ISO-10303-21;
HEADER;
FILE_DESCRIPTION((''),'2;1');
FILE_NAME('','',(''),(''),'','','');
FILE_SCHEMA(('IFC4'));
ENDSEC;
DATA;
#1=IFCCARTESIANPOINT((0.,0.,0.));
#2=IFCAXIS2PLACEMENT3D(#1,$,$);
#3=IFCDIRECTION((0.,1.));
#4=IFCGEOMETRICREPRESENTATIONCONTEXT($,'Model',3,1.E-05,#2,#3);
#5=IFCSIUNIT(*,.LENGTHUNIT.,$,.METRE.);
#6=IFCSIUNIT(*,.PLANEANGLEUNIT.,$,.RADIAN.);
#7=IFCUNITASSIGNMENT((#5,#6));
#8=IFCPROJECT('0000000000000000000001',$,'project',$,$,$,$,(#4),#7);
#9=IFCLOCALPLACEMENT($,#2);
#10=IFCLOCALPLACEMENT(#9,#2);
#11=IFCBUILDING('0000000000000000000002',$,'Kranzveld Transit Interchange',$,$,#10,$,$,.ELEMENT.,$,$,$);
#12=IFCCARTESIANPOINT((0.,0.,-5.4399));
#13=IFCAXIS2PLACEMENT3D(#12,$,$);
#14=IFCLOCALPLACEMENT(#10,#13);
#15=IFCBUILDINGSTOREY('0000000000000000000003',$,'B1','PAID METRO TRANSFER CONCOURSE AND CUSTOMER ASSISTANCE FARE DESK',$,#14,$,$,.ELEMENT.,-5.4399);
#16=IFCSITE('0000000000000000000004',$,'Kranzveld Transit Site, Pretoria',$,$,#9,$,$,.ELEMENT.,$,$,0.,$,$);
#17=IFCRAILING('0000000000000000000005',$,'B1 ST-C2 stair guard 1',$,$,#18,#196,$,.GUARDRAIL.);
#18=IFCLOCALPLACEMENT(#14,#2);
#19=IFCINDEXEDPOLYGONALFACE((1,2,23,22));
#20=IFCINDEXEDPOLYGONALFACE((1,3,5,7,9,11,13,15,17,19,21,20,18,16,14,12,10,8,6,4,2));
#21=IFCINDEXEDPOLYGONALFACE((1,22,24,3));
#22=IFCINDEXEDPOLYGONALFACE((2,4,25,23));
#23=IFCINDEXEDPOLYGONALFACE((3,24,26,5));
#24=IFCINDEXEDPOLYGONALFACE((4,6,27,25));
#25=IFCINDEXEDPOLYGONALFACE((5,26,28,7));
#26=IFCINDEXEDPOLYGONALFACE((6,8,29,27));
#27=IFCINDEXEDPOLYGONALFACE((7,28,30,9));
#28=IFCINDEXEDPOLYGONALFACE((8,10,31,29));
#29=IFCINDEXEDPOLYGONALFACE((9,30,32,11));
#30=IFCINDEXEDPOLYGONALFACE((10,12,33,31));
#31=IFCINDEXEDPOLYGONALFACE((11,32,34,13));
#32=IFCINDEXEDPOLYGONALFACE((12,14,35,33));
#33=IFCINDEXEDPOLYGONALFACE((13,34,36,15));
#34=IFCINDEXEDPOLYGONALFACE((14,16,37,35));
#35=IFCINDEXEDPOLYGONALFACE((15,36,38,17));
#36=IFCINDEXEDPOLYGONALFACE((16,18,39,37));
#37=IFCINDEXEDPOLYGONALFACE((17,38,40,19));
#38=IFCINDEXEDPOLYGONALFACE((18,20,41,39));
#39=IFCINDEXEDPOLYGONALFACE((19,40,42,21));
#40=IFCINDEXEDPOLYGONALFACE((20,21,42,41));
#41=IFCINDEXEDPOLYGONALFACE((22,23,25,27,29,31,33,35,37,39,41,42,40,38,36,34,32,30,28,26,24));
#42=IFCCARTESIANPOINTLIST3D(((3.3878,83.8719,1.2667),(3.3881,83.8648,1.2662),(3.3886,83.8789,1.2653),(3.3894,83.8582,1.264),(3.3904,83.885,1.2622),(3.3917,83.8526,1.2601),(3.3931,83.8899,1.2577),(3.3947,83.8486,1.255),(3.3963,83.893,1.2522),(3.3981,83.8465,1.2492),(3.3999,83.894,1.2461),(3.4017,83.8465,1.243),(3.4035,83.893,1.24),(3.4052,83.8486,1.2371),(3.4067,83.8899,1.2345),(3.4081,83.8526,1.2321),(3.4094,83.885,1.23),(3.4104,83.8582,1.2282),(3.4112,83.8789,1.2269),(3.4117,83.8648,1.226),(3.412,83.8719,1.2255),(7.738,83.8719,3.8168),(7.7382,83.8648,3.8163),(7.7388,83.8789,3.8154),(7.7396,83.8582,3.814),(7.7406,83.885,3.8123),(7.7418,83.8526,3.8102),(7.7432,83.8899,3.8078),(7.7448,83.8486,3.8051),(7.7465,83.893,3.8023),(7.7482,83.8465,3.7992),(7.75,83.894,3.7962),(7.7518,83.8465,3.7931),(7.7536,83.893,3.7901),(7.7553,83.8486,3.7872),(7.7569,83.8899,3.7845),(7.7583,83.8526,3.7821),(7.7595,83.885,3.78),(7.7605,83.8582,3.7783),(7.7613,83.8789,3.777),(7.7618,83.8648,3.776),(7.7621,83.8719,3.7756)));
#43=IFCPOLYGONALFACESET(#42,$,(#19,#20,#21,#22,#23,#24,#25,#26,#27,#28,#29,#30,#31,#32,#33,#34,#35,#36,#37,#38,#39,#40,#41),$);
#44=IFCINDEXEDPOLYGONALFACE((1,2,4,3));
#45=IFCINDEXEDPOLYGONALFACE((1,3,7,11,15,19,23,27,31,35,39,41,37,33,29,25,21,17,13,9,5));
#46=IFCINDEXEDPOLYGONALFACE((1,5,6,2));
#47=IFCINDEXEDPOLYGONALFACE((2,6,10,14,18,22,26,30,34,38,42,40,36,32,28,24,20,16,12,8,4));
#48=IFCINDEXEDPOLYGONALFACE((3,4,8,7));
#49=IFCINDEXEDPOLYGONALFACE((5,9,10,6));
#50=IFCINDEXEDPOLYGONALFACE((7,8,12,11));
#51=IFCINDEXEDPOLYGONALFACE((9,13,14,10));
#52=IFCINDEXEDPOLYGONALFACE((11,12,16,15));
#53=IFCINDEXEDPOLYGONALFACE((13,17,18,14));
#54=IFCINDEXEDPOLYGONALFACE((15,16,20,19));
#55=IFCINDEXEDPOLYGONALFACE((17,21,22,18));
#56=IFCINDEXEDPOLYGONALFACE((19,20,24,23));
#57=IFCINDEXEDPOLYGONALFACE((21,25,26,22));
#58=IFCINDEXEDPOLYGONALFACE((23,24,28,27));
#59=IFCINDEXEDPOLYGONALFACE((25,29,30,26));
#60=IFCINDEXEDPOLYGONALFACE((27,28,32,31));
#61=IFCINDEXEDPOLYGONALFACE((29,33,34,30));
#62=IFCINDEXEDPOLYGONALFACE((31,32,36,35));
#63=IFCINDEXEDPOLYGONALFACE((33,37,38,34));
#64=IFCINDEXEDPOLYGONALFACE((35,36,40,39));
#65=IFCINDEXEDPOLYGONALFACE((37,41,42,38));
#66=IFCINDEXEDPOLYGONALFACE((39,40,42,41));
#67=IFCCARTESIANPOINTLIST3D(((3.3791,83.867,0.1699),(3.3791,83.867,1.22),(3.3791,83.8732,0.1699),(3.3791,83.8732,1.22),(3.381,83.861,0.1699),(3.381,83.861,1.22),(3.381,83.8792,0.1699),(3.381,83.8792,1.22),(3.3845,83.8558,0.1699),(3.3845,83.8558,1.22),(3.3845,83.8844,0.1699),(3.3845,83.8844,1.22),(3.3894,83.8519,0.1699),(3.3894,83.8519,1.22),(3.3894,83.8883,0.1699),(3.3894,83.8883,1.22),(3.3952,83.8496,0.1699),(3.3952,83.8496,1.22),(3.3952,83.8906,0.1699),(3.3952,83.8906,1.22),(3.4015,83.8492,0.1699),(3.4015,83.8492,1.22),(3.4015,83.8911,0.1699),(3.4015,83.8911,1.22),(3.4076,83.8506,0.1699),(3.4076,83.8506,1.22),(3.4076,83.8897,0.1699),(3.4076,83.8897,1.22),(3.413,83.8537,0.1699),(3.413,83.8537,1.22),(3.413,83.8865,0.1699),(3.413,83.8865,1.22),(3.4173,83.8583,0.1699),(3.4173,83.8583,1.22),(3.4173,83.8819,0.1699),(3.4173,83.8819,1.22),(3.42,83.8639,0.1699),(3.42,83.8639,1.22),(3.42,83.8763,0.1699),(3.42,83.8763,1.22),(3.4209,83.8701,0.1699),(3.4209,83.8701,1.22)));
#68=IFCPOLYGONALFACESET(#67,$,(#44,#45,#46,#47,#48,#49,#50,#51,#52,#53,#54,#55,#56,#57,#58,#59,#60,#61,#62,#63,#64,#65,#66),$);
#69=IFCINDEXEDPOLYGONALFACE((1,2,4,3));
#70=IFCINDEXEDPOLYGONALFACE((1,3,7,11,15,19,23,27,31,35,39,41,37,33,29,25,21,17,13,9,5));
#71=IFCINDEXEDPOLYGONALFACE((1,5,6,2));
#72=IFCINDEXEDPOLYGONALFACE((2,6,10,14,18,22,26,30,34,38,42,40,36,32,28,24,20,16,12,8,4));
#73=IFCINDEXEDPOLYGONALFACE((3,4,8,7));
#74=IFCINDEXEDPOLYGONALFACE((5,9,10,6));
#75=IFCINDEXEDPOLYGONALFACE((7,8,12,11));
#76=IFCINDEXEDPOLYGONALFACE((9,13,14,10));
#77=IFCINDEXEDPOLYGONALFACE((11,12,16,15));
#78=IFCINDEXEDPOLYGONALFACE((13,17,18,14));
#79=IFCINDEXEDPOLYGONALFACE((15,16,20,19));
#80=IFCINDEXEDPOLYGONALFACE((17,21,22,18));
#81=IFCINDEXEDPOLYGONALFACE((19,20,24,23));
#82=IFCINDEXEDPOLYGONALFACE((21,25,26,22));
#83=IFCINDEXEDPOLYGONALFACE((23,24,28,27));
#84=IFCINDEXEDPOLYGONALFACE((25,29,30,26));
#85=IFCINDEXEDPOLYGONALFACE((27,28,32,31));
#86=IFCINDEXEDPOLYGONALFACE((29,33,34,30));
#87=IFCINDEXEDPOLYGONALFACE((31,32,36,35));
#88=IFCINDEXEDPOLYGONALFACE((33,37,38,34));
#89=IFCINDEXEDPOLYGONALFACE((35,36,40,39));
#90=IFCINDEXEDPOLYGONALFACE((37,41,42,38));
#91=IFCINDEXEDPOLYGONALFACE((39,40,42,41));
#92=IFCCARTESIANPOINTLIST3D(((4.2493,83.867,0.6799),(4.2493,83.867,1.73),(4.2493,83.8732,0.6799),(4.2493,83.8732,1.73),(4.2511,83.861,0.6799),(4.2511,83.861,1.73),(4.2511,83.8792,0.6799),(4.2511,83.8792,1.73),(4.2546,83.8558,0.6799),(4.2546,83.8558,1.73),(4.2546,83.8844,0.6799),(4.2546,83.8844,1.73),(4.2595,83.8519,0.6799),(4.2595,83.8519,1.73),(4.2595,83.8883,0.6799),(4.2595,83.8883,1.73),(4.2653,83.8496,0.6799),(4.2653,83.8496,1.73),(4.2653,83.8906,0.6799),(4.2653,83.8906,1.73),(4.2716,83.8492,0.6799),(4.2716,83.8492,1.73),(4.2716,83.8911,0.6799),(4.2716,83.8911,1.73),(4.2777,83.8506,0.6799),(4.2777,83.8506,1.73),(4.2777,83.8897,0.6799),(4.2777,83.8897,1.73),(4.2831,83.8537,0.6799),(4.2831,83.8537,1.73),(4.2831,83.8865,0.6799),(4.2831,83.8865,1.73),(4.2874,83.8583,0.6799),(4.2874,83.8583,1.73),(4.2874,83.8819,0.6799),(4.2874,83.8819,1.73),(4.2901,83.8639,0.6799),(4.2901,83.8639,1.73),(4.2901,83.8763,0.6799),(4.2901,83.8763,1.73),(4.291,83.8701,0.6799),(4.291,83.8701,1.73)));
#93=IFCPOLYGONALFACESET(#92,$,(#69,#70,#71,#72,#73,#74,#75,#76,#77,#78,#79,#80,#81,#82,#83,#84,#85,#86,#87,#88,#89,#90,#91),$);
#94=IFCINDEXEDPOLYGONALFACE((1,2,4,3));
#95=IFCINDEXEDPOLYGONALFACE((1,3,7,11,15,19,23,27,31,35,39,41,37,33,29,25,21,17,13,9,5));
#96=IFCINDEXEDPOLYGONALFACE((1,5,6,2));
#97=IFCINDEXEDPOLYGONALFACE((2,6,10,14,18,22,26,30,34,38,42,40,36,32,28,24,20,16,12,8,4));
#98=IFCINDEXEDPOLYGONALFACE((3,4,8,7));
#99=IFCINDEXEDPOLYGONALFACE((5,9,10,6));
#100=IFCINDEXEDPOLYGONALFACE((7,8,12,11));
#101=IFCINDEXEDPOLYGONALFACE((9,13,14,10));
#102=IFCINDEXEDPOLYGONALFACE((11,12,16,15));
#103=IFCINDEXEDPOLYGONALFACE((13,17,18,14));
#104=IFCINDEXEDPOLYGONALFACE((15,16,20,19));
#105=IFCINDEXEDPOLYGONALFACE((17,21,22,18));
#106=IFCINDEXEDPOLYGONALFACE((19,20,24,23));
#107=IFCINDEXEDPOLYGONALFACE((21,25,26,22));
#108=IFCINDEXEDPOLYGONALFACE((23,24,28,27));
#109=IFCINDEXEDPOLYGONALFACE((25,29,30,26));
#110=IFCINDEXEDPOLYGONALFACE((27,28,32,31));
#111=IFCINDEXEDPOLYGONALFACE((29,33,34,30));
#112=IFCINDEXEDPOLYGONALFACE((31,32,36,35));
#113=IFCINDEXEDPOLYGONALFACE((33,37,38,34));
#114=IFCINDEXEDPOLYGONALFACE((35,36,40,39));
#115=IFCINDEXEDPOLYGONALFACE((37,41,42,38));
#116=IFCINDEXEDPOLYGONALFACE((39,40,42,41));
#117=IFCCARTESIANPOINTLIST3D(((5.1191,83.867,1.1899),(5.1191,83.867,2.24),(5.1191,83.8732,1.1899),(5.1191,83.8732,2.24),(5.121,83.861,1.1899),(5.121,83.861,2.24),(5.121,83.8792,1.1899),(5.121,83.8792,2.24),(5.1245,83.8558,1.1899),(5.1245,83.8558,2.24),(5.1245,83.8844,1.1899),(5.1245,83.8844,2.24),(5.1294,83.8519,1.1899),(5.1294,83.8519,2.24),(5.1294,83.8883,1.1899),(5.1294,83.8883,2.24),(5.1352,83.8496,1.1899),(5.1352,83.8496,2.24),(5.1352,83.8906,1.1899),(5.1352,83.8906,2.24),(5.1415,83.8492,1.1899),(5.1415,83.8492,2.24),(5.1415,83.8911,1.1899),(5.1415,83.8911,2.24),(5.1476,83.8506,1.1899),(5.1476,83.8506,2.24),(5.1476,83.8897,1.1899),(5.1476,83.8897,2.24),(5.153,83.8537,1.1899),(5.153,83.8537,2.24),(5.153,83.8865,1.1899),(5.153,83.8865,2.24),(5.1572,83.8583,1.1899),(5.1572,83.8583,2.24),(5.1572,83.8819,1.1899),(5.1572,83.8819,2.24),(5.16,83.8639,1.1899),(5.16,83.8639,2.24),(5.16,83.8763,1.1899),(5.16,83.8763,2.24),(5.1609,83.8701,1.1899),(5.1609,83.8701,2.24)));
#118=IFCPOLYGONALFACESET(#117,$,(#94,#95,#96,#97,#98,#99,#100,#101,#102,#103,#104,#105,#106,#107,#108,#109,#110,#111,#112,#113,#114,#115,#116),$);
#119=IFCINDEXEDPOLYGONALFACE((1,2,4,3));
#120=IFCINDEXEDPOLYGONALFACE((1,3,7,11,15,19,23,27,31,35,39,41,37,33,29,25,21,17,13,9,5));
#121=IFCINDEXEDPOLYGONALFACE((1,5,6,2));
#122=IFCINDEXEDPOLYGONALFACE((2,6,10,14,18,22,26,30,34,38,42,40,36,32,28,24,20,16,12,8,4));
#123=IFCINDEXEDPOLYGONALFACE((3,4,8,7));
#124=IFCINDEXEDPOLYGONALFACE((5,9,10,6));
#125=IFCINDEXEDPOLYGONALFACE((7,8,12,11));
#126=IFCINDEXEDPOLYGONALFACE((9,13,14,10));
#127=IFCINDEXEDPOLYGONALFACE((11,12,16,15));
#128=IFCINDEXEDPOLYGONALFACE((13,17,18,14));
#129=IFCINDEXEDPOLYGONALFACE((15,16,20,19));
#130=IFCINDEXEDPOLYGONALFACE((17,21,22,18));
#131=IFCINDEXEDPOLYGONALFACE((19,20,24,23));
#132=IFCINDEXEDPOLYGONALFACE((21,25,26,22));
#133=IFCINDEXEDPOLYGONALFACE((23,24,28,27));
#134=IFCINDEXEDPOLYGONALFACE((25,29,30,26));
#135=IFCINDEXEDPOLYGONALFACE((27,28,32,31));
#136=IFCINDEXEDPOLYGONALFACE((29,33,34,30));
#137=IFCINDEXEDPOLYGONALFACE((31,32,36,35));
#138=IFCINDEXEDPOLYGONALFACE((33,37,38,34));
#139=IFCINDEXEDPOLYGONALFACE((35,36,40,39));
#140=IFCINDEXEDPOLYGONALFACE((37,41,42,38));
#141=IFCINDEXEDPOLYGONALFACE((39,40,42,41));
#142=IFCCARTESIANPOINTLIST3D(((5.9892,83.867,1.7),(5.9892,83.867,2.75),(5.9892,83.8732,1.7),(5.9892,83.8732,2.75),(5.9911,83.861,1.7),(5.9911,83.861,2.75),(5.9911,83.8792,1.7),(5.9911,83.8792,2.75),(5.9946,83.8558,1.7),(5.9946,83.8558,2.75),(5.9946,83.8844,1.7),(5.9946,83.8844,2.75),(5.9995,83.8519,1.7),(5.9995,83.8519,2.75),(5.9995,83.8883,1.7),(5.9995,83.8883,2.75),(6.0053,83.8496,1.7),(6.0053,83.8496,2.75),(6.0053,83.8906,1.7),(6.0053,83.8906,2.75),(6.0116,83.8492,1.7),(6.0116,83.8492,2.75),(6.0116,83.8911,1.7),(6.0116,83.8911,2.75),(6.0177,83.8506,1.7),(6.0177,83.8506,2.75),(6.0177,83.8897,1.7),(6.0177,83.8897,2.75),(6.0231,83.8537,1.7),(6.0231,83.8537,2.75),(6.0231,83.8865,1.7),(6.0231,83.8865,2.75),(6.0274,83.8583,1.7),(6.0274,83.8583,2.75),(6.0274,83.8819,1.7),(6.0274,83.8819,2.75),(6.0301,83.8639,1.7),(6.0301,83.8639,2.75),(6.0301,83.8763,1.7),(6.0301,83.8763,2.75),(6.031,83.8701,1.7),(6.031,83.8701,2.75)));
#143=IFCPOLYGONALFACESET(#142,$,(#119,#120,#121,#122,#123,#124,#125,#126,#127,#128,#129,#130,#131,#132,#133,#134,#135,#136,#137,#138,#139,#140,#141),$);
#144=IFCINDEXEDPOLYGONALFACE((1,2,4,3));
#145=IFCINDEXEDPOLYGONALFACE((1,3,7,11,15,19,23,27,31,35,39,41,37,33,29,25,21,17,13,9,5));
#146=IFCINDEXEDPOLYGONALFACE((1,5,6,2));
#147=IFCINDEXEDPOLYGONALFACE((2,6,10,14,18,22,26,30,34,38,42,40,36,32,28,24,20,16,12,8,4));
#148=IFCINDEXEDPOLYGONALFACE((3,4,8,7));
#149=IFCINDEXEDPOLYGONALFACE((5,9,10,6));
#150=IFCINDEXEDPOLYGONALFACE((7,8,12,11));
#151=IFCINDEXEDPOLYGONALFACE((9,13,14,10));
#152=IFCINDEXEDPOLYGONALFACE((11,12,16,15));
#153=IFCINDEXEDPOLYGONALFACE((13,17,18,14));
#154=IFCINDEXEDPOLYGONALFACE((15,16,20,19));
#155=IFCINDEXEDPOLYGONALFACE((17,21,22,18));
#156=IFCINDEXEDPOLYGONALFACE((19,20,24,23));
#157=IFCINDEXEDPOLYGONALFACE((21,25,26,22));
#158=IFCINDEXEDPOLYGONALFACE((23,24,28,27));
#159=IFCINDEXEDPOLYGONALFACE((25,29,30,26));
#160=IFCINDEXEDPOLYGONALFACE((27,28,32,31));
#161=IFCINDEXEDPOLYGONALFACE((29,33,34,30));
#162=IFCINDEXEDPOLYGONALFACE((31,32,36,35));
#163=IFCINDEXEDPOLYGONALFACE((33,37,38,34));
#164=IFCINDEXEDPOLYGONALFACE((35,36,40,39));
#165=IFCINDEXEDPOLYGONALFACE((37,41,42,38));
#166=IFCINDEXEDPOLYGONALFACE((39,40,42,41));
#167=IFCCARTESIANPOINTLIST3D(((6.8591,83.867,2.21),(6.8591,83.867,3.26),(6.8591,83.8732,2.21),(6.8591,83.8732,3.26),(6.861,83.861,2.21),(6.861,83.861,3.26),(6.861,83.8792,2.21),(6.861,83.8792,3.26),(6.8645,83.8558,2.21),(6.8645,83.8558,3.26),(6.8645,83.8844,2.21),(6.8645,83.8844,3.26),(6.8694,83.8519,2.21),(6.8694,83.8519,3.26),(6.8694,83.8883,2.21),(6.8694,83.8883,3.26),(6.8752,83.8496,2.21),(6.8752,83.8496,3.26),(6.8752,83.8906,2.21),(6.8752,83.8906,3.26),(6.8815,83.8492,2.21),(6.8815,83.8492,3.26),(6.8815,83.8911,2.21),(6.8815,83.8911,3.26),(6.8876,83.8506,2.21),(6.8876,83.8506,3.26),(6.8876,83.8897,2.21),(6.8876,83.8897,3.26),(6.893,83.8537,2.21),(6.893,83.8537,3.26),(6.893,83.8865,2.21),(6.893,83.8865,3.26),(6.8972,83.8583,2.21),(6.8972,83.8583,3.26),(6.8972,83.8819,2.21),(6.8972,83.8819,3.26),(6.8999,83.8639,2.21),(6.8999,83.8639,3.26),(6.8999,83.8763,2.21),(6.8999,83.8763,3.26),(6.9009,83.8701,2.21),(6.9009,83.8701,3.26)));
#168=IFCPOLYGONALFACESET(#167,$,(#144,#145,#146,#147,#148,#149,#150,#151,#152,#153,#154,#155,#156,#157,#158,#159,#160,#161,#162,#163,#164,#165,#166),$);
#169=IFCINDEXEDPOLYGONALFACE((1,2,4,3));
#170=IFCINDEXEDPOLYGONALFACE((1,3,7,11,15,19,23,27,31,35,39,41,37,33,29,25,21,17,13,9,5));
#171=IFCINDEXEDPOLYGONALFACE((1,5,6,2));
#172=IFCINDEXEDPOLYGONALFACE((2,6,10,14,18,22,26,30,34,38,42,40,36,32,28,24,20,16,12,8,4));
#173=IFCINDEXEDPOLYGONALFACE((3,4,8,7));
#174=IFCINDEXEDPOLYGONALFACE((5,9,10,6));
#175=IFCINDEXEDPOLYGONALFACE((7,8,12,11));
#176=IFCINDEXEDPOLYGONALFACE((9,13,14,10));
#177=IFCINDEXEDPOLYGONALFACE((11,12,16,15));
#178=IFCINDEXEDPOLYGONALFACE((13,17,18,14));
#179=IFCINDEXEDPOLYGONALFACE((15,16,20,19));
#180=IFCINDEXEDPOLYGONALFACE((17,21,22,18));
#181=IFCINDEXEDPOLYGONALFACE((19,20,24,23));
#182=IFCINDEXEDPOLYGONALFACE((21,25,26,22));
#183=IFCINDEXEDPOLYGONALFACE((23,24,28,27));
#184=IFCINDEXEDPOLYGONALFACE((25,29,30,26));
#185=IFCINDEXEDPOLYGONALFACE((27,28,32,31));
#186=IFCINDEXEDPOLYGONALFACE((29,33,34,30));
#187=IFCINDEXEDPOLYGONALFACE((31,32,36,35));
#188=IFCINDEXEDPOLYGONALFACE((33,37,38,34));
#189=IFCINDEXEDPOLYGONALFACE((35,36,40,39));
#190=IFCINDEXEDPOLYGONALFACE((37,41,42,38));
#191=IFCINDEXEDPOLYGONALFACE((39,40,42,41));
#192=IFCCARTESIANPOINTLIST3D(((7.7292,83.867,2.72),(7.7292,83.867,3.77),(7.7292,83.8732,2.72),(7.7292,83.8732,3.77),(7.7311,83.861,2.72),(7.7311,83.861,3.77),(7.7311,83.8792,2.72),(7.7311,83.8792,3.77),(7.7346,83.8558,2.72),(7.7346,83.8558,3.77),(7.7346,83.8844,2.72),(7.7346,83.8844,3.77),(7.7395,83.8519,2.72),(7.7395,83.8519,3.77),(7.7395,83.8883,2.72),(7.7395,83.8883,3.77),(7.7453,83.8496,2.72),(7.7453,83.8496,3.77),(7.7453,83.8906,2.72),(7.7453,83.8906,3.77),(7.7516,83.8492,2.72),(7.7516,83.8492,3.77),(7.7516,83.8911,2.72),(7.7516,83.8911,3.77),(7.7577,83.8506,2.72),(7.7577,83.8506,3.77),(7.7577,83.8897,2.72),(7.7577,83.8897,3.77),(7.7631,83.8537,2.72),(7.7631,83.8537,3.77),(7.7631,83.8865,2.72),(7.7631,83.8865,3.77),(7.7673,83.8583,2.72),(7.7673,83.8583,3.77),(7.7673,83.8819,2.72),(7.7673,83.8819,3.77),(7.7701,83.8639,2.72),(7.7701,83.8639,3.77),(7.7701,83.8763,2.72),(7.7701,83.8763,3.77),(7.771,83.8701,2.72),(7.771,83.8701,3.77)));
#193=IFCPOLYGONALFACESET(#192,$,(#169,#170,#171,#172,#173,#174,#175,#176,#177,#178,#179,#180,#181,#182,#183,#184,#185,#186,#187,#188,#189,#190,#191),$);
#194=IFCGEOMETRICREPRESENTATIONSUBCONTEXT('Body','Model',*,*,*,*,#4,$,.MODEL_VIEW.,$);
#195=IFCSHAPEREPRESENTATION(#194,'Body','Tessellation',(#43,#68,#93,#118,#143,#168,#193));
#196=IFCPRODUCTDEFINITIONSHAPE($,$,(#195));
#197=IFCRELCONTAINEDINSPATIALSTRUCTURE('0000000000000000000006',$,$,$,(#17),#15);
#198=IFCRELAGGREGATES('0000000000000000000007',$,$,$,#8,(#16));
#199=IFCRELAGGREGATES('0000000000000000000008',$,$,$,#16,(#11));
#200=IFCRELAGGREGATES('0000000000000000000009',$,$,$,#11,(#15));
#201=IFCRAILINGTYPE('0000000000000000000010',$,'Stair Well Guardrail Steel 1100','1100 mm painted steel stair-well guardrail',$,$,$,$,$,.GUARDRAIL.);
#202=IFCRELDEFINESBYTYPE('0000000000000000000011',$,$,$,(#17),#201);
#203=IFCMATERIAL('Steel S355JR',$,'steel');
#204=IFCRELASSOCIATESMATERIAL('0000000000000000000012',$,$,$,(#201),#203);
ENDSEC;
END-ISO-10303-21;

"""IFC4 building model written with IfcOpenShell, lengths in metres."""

from ifc_helpers import new_model, si_unit, direction, frame, origin, origin_2d, place, context, subcontext, project, spatial, circle, extrude, material, type_object, element, save


model = new_model("IFC4")

# Units and contexts
model_context = context("Model", 3, precision=1e-05, world=origin(), true_north=direction((0.0, 1.0)))
body_context = subcontext(model_context, "Body", "Model", "MODEL_VIEW")
ifc_project = project(units=[si_unit("LENGTHUNIT", "METRE"), si_unit("PLANEANGLEUNIT", "RADIAN")], contexts=[model_context])

# Site, building, storey
site_placement = place(None, origin())
site = spatial("IfcSite", under=ifc_project, at=site_placement, Name="Kranzveld Transit Site, Pretoria", CompositionType="ELEMENT", RefElevation=0.0)
building_placement = place(site_placement, origin())
building = spatial("IfcBuilding", under=site, at=building_placement, Name="Kranzveld Transit Interchange", CompositionType="ELEMENT")
storey_placement = place(building_placement, frame((0.0, 0.0, -5.4399)))
storey = spatial("IfcBuildingStorey", under=building, at=storey_placement, Name="B1", Description="PAID METRO TRANSFER CONCOURSE AND CUSTOMER ASSISTANCE FARE DESK", CompositionType="ELEMENT", Elevation=-5.4399)

# Railing
ifc_material_1 = material(Name="Steel S355JR", Category="steel")
railing_type_1 = type_object("IfcRailingType", Name="Stair Well Guardrail Steel 1100", Description="1100 mm painted steel stair-well guardrail", PredefinedType="GUARDRAIL", material=ifc_material_1)
railing_1_placement = place(storey_placement, frame((3.3999, 83.8701, 0.1699)))
element("IfcRailing", 1, at=railing_1_placement, inside=storey, type_object=railing_type_1, Name="B1 ST-C2 stair guard 1", PredefinedType="GUARDRAIL", context=body_context, shape_type="SweptSolid", body=[
    extrude(circle(Radius=0.0239, at=origin_2d()), frame((0.0, 0.0, 1.0762), z_axis=(0.862699, 0.0, 0.505718), x_axis=(0.0, 1.0, 0.0)), (0.0, 0.0, 1.0), 5.0425),
    extrude(circle(Radius=0.021, at=origin_2d()), origin(), (0.0, 0.0, 1.0), 1.05),
    extrude(circle(Radius=0.021, at=origin_2d()), frame((0.8701, 0.0, 0.51)), (0.0, 0.0, 1.0), 1.05),
    extrude(circle(Radius=0.021, at=origin_2d()), frame((1.74, 0.0, 1.02)), (0.0, 0.0, 1.0), 1.05),
    extrude(circle(Radius=0.021, at=origin_2d()), frame((2.6101, 0.0, 1.53)), (0.0, 0.0, 1.0), 1.05),
    extrude(circle(Radius=0.021, at=origin_2d()), frame((3.48, 0.0, 2.04)), (0.0, 0.0, 1.0), 1.05),
    extrude(circle(Radius=0.021, at=origin_2d()), frame((4.3501, 0.0, 2.55)), (0.0, 0.0, 1.0), 1.05),
])

save(model, "model.ifc")
